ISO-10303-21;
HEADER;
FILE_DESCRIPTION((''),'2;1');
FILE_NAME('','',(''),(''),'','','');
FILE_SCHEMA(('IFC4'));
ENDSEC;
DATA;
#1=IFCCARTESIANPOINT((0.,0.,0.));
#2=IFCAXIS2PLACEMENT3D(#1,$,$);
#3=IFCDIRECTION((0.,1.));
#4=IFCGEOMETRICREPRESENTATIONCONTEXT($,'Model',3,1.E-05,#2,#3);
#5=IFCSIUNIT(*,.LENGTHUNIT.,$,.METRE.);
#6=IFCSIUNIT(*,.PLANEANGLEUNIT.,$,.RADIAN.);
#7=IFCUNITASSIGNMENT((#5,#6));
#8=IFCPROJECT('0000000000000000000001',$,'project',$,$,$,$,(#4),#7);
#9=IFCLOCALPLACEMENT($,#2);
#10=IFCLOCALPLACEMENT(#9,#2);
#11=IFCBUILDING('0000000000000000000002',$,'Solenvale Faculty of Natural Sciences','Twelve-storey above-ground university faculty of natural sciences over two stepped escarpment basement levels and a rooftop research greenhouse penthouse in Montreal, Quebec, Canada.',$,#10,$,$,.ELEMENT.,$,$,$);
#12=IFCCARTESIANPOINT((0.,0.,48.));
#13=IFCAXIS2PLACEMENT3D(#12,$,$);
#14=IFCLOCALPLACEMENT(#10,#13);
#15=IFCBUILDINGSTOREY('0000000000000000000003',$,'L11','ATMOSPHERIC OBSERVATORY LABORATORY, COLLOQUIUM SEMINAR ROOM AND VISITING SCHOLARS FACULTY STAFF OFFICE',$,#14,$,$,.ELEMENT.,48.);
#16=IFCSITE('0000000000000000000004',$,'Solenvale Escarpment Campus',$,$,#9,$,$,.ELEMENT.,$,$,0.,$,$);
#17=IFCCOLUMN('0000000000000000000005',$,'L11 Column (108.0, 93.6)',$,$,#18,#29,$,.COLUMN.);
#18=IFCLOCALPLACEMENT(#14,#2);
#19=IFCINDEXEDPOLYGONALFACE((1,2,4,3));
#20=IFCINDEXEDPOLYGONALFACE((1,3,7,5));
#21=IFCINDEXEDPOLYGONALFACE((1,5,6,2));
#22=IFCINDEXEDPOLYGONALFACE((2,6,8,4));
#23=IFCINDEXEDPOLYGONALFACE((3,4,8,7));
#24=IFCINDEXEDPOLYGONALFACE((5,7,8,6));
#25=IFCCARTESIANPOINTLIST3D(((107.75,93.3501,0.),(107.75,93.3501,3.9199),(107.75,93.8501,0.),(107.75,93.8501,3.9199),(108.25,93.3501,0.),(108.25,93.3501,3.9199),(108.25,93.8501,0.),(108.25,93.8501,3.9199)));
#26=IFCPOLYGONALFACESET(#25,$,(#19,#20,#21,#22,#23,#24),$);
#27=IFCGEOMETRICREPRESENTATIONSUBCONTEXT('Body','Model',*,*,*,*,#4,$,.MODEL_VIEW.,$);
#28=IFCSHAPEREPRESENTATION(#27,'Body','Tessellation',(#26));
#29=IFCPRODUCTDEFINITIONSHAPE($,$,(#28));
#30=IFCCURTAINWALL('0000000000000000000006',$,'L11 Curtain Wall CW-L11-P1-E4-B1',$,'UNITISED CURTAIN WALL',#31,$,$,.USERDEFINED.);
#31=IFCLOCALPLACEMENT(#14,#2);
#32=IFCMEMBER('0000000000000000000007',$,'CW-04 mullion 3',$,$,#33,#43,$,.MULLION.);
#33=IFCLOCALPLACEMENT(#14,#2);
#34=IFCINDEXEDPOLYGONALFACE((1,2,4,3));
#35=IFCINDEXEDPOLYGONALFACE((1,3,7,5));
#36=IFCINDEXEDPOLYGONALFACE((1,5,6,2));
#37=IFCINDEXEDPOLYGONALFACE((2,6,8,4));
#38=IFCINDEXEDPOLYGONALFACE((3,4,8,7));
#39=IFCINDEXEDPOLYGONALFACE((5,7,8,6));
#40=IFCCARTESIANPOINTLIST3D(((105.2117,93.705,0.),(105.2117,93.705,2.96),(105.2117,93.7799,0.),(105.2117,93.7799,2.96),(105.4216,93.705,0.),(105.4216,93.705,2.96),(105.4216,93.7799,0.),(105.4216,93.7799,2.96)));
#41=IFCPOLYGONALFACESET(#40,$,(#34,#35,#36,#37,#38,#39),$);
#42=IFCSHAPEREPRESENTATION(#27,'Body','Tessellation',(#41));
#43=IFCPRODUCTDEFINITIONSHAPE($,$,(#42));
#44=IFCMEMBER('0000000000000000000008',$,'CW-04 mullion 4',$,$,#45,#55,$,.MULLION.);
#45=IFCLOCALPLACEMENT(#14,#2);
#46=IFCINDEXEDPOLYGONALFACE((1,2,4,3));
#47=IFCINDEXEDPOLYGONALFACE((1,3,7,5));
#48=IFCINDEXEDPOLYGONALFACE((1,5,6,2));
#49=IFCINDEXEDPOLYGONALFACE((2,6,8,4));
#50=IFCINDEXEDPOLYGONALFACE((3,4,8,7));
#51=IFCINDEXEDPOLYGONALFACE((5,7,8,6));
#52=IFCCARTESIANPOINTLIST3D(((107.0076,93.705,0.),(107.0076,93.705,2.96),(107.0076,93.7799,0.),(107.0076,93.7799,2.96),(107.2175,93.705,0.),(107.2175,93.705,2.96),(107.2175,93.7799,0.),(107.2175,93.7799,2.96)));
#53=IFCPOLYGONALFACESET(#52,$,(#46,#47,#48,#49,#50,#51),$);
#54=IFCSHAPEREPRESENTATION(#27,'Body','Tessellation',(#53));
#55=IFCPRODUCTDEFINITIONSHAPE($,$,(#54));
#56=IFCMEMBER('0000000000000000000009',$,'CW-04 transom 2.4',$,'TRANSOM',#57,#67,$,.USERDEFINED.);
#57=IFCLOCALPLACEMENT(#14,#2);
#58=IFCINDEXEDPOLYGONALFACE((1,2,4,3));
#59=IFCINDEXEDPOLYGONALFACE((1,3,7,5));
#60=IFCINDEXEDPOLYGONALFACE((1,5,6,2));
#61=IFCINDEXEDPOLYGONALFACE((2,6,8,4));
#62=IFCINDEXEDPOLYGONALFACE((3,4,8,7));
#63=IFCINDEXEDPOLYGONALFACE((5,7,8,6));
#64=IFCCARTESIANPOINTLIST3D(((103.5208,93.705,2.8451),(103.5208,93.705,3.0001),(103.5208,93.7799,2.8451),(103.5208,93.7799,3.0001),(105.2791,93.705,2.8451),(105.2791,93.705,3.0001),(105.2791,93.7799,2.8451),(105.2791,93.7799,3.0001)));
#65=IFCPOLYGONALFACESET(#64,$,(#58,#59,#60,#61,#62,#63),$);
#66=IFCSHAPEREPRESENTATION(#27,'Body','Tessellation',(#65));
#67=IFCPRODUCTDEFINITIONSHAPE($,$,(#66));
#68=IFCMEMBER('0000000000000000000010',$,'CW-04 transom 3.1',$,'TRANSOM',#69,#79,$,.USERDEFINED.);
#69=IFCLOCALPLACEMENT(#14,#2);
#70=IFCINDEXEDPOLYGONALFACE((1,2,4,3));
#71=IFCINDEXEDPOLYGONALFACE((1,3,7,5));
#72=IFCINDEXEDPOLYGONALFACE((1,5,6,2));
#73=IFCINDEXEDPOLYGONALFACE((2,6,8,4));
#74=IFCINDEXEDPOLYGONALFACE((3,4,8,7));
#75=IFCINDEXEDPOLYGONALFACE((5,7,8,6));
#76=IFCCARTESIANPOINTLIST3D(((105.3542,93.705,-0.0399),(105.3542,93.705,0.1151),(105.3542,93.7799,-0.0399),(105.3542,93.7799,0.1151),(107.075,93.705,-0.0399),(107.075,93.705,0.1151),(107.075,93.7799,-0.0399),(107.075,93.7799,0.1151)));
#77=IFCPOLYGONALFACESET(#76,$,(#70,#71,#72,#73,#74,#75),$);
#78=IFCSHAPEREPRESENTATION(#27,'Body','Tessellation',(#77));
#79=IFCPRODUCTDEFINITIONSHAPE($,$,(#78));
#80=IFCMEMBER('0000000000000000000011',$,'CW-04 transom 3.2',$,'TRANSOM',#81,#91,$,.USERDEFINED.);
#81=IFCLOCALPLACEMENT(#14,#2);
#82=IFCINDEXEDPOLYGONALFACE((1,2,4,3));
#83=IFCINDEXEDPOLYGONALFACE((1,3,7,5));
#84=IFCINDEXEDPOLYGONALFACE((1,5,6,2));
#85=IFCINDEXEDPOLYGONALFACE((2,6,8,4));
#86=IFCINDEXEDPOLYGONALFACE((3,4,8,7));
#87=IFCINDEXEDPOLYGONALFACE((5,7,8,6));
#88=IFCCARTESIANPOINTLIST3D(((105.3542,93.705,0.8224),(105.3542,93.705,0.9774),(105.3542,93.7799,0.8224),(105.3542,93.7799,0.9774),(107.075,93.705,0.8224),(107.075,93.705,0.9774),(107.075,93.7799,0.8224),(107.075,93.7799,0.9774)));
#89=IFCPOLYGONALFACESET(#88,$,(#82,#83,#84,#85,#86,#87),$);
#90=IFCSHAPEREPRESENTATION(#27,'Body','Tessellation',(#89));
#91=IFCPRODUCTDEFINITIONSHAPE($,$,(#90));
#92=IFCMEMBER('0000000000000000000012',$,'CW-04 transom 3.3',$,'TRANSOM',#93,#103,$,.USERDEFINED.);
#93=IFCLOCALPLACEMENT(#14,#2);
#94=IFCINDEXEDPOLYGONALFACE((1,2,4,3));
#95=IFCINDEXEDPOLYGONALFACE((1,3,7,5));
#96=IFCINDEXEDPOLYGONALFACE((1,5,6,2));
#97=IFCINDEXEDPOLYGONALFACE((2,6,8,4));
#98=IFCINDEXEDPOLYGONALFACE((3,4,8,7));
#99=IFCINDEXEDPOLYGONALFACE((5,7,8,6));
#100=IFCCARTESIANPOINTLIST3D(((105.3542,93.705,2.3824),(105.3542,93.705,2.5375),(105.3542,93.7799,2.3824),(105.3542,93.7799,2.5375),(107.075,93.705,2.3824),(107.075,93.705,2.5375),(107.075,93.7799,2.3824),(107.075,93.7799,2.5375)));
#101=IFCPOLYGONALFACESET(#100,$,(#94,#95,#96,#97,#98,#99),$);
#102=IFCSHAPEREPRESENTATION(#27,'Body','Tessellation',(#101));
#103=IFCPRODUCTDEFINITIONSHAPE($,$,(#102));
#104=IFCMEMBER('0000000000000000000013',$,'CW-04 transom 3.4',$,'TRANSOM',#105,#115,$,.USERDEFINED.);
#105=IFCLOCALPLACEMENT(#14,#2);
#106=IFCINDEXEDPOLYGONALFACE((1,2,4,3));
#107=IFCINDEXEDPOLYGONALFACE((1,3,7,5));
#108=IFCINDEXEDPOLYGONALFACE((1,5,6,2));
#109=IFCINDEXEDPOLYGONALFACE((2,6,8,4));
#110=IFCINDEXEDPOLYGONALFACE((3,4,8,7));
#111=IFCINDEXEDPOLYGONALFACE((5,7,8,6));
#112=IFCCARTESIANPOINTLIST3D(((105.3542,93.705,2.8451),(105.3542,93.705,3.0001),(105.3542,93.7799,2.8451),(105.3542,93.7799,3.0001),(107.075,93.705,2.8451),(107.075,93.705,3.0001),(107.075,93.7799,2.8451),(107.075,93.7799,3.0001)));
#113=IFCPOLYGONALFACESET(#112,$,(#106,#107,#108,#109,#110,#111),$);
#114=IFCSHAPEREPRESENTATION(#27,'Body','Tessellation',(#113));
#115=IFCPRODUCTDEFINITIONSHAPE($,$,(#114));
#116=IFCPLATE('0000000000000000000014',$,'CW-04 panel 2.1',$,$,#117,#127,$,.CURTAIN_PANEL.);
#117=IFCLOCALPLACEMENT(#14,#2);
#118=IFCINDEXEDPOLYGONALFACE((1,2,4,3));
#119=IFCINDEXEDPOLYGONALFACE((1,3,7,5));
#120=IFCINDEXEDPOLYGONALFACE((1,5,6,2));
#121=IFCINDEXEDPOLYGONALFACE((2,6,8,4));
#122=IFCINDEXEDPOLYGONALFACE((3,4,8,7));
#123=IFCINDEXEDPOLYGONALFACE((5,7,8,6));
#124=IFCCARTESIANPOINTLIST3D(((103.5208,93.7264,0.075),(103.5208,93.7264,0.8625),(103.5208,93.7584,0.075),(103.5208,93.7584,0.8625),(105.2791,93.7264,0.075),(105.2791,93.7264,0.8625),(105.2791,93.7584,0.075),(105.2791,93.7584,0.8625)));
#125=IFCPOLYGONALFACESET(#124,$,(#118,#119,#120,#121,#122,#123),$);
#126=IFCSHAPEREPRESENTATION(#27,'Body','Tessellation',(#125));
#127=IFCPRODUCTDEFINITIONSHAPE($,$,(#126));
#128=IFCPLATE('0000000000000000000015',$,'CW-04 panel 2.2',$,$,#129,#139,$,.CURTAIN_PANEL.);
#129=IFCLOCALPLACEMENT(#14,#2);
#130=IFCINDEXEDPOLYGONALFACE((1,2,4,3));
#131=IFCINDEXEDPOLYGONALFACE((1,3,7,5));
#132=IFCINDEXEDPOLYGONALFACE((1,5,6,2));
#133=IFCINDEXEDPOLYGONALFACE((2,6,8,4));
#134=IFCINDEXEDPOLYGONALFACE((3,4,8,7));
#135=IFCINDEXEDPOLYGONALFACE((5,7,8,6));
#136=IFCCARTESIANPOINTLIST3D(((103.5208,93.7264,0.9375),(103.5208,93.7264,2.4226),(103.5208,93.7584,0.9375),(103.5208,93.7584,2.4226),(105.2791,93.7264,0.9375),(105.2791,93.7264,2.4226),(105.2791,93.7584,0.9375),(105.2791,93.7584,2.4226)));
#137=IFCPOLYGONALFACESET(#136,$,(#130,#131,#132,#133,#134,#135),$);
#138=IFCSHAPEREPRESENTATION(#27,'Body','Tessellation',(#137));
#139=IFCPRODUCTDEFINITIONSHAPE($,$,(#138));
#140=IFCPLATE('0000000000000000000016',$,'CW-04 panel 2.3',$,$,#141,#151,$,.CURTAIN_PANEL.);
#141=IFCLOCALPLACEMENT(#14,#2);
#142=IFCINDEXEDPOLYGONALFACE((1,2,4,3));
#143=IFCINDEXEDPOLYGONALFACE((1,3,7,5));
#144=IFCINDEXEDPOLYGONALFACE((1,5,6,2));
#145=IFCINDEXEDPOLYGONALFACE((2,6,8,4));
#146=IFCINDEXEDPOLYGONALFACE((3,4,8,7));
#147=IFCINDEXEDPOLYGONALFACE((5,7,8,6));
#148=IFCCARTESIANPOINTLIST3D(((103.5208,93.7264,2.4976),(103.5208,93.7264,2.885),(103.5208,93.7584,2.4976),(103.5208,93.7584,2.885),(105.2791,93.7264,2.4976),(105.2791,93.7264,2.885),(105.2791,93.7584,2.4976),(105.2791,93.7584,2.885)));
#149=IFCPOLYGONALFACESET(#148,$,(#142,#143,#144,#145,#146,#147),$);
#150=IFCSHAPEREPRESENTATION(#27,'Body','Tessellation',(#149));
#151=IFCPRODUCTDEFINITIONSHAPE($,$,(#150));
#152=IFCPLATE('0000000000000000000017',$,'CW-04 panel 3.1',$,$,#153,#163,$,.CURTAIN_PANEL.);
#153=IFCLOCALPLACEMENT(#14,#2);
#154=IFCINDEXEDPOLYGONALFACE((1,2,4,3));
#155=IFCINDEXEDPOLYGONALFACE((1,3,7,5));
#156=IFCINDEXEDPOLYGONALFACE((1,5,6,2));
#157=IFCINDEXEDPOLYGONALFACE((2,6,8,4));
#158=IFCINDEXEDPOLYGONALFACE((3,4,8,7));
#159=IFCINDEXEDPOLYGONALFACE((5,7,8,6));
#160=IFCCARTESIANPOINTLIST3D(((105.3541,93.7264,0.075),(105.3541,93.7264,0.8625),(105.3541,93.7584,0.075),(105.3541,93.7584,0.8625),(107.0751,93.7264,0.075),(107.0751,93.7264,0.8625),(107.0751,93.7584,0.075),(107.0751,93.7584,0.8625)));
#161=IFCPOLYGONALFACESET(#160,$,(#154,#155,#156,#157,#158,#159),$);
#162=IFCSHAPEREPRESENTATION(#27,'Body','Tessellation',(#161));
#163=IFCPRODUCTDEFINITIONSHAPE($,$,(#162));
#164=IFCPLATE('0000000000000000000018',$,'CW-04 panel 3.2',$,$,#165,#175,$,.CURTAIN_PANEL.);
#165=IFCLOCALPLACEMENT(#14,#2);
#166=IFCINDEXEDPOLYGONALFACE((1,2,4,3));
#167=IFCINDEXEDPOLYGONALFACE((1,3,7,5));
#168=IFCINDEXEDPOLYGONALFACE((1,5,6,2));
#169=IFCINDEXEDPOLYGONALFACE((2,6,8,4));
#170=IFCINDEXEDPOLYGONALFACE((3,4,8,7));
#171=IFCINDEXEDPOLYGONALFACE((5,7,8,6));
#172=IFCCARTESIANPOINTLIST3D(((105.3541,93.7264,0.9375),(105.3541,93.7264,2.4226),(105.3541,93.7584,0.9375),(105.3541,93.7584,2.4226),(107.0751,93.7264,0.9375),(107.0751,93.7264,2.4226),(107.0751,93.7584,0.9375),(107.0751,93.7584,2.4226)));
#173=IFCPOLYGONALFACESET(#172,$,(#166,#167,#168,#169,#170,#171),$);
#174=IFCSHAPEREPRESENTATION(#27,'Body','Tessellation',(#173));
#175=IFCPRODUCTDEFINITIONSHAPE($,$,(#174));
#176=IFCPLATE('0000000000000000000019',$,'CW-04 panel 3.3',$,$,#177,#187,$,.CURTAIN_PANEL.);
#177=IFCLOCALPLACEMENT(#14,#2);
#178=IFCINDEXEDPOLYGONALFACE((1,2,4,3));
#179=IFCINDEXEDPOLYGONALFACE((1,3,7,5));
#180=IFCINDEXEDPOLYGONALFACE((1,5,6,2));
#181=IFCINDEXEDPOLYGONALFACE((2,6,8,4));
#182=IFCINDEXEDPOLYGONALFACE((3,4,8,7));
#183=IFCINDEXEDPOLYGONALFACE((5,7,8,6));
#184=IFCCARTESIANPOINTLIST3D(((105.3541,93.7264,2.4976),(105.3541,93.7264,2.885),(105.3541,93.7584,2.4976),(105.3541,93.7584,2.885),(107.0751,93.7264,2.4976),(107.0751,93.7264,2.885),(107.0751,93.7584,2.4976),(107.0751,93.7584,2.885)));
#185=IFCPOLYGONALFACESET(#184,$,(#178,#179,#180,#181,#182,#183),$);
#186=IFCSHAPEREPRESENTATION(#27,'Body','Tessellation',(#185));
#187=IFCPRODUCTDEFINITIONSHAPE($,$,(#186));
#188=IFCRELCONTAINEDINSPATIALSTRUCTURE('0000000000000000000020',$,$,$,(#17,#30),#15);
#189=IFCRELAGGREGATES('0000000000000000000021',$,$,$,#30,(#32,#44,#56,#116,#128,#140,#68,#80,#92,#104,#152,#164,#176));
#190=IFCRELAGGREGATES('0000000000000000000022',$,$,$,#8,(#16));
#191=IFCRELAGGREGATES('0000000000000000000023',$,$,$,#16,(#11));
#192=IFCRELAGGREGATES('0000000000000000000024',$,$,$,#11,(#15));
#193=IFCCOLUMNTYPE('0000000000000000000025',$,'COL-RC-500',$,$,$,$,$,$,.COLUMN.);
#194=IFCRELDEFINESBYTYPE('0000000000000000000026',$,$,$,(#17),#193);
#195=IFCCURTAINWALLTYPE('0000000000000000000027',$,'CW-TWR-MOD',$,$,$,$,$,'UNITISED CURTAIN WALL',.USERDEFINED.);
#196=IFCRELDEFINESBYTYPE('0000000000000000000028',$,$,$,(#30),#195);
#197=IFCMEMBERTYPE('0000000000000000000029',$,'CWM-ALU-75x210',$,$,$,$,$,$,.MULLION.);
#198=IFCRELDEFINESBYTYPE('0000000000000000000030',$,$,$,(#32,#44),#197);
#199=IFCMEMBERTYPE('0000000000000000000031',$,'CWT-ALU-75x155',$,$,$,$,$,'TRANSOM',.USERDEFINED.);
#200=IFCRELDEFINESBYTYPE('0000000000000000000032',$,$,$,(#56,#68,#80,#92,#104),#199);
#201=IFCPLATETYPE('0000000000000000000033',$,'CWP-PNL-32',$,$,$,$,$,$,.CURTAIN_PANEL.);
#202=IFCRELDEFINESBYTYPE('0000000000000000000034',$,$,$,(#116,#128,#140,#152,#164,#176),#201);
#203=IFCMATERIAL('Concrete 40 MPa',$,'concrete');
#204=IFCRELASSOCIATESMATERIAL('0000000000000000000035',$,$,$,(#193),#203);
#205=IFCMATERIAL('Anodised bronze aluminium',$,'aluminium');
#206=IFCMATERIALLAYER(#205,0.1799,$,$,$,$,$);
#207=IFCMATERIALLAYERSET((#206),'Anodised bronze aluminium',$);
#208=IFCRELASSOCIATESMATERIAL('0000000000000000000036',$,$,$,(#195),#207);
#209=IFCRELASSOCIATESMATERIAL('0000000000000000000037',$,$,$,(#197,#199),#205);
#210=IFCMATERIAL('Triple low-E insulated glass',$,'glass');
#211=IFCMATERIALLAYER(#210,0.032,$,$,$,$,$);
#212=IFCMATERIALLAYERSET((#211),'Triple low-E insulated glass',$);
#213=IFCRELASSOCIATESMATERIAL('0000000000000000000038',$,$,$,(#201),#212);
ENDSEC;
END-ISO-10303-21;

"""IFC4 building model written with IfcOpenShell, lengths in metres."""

from ifc_helpers import new_model, si_unit, direction, frame, origin, origin_2d, place, context, subcontext, project, spatial, rectangle, extrude, material, layer, layer_set, material_profile, profile_set, type_object, element, aggregate, save


model = new_model("IFC4")

# Units and contexts
model_context = context("Model", 3, precision=1e-05, world=origin(), true_north=direction((0.0, 1.0)))
body_context = subcontext(model_context, "Body", "Model", "MODEL_VIEW")
ifc_project = project(units=[si_unit("LENGTHUNIT", "METRE"), si_unit("PLANEANGLEUNIT", "RADIAN")], contexts=[model_context])

# Site, building, storey
site_placement = place(None, origin())
site = spatial("IfcSite", under=ifc_project, at=site_placement, Name="Solenvale Escarpment Campus", CompositionType="ELEMENT", RefElevation=0.0)
building_placement = place(site_placement, origin())
building = spatial("IfcBuilding", under=site, at=building_placement, Name="Solenvale Faculty of Natural Sciences", Description="Twelve-storey above-ground university faculty of natural sciences over two stepped escarpment basement levels and a rooftop research greenhouse penthouse in Montreal, Quebec, Canada.", CompositionType="ELEMENT")
storey_placement = place(building_placement, frame((0.0, 0.0, 48.0)))
storey = spatial("IfcBuildingStorey", under=building, at=storey_placement, Name="L11", Description="ATMOSPHERIC OBSERVATORY LABORATORY, COLLOQUIUM SEMINAR ROOM AND VISITING SCHOLARS FACULTY STAFF OFFICE", CompositionType="ELEMENT", Elevation=48.0)

# Column
ifc_material_1 = material(Name="Concrete 40 MPa", Category="concrete")
ifc_material_profile_1 = material_profile(ifc_material_1, rectangle(XDim=0.5, YDim=0.5, at=origin_2d()), Name="RC-COL-500x500")
ifc_profile_set_1 = profile_set([ifc_material_profile_1], Name="Concrete 40 MPa")
column_type = type_object("IfcColumnType", Name="COL-RC-500", PredefinedType="COLUMN", material=ifc_profile_set_1)
column_placement = place(storey_placement, frame((108.0, 93.6001, 0.0), z_axis=(0.0, 0.0, 1.0), x_axis=(1.0, 0.0, 0.0)))
element("IfcColumn", 1, at=column_placement, inside=storey, type_object=column_type, Name="L11 Column (108.0, 93.6)", PredefinedType="COLUMN", context=body_context, shape_type="SweptSolid", body=[
    extrude(rectangle(XDim=0.5, YDim=0.5, at=origin_2d()), origin(), (0.0, 0.0, 1.0), 3.9199),
])

# Curtain wall, members, plates
ifc_material_2 = material(Name="Anodised bronze aluminium", Category="aluminium")
ifc_layer_1 = layer(ifc_material_2, 0.1799)
ifc_layer_set_1 = layer_set([ifc_layer_1], Name="Anodised bronze aluminium")
curtain_wall_type = type_object("IfcCurtainWallType", Name="CW-TWR-MOD", ElementType="UNITISED CURTAIN WALL", PredefinedType="USERDEFINED", material=ifc_layer_set_1)
curtain_wall_placement = place(storey_placement, origin())
curtain_wall = element("IfcCurtainWall", 2, at=curtain_wall_placement, inside=storey, type_object=curtain_wall_type, Name="L11 Curtain Wall CW-L11-P1-E4-B1", ObjectType="UNITISED CURTAIN WALL", PredefinedType="USERDEFINED")
ifc_material_profile_2 = material_profile(ifc_material_2, rectangle(XDim=0.075, YDim=0.21, at=origin_2d()), Name="ALU-MUL-75x210")
ifc_profile_set_2 = profile_set([ifc_material_profile_2], Name="Anodised bronze aluminium")
member_type_1 = type_object("IfcMemberType", Name="CWM-ALU-75x210", PredefinedType="MULLION", material=ifc_profile_set_2)
member_1_placement = place(storey_placement, frame((105.3167, 93.7424, 0.0), z_axis=(0.0, 0.0, 1.0), x_axis=(0.0, 1.0, 0.0)))
member_1 = element("IfcMember", 3, at=member_1_placement, type_object=member_type_1, Name="CW-04 mullion 3", PredefinedType="MULLION", context=body_context, shape_type="SweptSolid", body=[
    extrude(rectangle(XDim=0.075, YDim=0.21, at=origin_2d()), origin(), (0.0, 0.0, 1.0), 2.96),
])
member_2_placement = place(storey_placement, frame((107.1125, 93.7424, 0.0), z_axis=(0.0, 0.0, 1.0), x_axis=(0.0, 1.0, 0.0)))
member_2 = element("IfcMember", 4, at=member_2_placement, type_object=member_type_1, Name="CW-04 mullion 4", PredefinedType="MULLION", context=body_context, shape_type="SweptSolid", body=[
    extrude(rectangle(XDim=0.075, YDim=0.21, at=origin_2d()), origin(), (0.0, 0.0, 1.0), 2.96),
])
ifc_material_profile_3 = material_profile(ifc_material_2, rectangle(XDim=0.075, YDim=0.155, at=origin_2d()), Name="ALU-TRN-75x155")
ifc_profile_set_3 = profile_set([ifc_material_profile_3], Name="Anodised bronze aluminium")
member_type_2 = type_object("IfcMemberType", Name="CWT-ALU-75x155", ElementType="TRANSOM", PredefinedType="USERDEFINED", material=ifc_profile_set_3)
member_3_placement = place(storey_placement, frame((103.5208, 93.7424, 2.9226), z_axis=(1.0, 0.0, 0.0), x_axis=(0.0, 1.0, 0.0)))
member_3 = element("IfcMember", 5, at=member_3_placement, type_object=member_type_2, Name="CW-04 transom 2.4", ObjectType="TRANSOM", PredefinedType="USERDEFINED", context=body_context, shape_type="SweptSolid", body=[
    extrude(rectangle(XDim=0.075, YDim=0.155, at=origin_2d()), origin(), (0.0, 0.0, 1.0), 1.7583),
])
member_4_placement = place(storey_placement, frame((105.3542, 93.7424, 0.0376), z_axis=(1.0, 0.0, 0.0), x_axis=(0.0, 1.0, 0.0)))
member_4 = element("IfcMember", 6, at=member_4_placement, type_object=member_type_2, Name="CW-04 transom 3.1", ObjectType="TRANSOM", PredefinedType="USERDEFINED", context=body_context, shape_type="SweptSolid", body=[
    extrude(rectangle(XDim=0.075, YDim=0.155, at=origin_2d()), origin(), (0.0, 0.0, 1.0), 1.7207),
])
member_5_placement = place(storey_placement, frame((105.3542, 93.7424, 0.8999), z_axis=(1.0, 0.0, 0.0), x_axis=(0.0, 1.0, 0.0)))
member_5 = element("IfcMember", 7, at=member_5_placement, type_object=member_type_2, Name="CW-04 transom 3.2", ObjectType="TRANSOM", PredefinedType="USERDEFINED", context=body_context, shape_type="SweptSolid", body=[
    extrude(rectangle(XDim=0.075, YDim=0.155, at=origin_2d()), origin(), (0.0, 0.0, 1.0), 1.7207),
])
member_6_placement = place(storey_placement, frame((105.3542, 93.7424, 2.46), z_axis=(1.0, 0.0, 0.0), x_axis=(0.0, 1.0, 0.0)))
member_6 = element("IfcMember", 8, at=member_6_placement, type_object=member_type_2, Name="CW-04 transom 3.3", ObjectType="TRANSOM", PredefinedType="USERDEFINED", context=body_context, shape_type="SweptSolid", body=[
    extrude(rectangle(XDim=0.075, YDim=0.155, at=origin_2d()), origin(), (0.0, 0.0, 1.0), 1.7207),
])
member_7_placement = place(storey_placement, frame((105.3542, 93.7424, 2.9226), z_axis=(1.0, 0.0, 0.0), x_axis=(0.0, 1.0, 0.0)))
member_7 = element("IfcMember", 9, at=member_7_placement, type_object=member_type_2, Name="CW-04 transom 3.4", ObjectType="TRANSOM", PredefinedType="USERDEFINED", context=body_context, shape_type="SweptSolid", body=[
    extrude(rectangle(XDim=0.075, YDim=0.155, at=origin_2d()), origin(), (0.0, 0.0, 1.0), 1.7207),
])
ifc_material_3 = material(Name="Triple low-E insulated glass", Category="glass")
ifc_layer_2 = layer(ifc_material_3, 0.032)
ifc_layer_set_2 = layer_set([ifc_layer_2], Name="Triple low-E insulated glass")
plate_type = type_object("IfcPlateType", Name="CWP-PNL-32", PredefinedType="CURTAIN_PANEL", material=ifc_layer_set_2)
plate_1_placement = place(storey_placement, frame((104.3999, 93.7424, 0.075), z_axis=(0.0, 0.0, 1.0), x_axis=(1.0, 0.0, 0.0)))
plate_1 = element("IfcPlate", 10, at=plate_1_placement, type_object=plate_type, Name="CW-04 panel 2.1", PredefinedType="CURTAIN_PANEL", context=body_context, shape_type="SweptSolid", body=[
    extrude(rectangle(XDim=1.7583, YDim=0.032, at=origin_2d()), origin(), (0.0, 0.0, 1.0), 0.7876),
])
plate_2_placement = place(storey_placement, frame((104.3999, 93.7424, 0.9375), z_axis=(0.0, 0.0, 1.0), x_axis=(1.0, 0.0, 0.0)))
plate_2 = element("IfcPlate", 11, at=plate_2_placement, type_object=plate_type, Name="CW-04 panel 2.2", PredefinedType="CURTAIN_PANEL", context=body_context, shape_type="SweptSolid", body=[
    extrude(rectangle(XDim=1.7583, YDim=0.032, at=origin_2d()), origin(), (0.0, 0.0, 1.0), 1.4851),
])
plate_3_placement = place(storey_placement, frame((104.3999, 93.7424, 2.4976), z_axis=(0.0, 0.0, 1.0), x_axis=(1.0, 0.0, 0.0)))
plate_3 = element("IfcPlate", 12, at=plate_3_placement, type_object=plate_type, Name="CW-04 panel 2.3", PredefinedType="CURTAIN_PANEL", context=body_context, shape_type="SweptSolid", body=[
    extrude(rectangle(XDim=1.7583, YDim=0.032, at=origin_2d()), origin(), (0.0, 0.0, 1.0), 0.3875),
])
plate_4_placement = place(storey_placement, frame((106.2146, 93.7424, 0.075), z_axis=(0.0, 0.0, 1.0), x_axis=(1.0, 0.0, 0.0)))
plate_4 = element("IfcPlate", 13, at=plate_4_placement, type_object=plate_type, Name="CW-04 panel 3.1", PredefinedType="CURTAIN_PANEL", context=body_context, shape_type="SweptSolid", body=[
    extrude(rectangle(XDim=1.7209, YDim=0.032, at=origin_2d()), origin(), (0.0, 0.0, 1.0), 0.7876),
])
plate_5_placement = place(storey_placement, frame((106.2146, 93.7424, 0.9375), z_axis=(0.0, 0.0, 1.0), x_axis=(1.0, 0.0, 0.0)))
plate_5 = element("IfcPlate", 14, at=plate_5_placement, type_object=plate_type, Name="CW-04 panel 3.2", PredefinedType="CURTAIN_PANEL", context=body_context, shape_type="SweptSolid", body=[
    extrude(rectangle(XDim=1.7209, YDim=0.032, at=origin_2d()), origin(), (0.0, 0.0, 1.0), 1.4851),
])
plate_6_placement = place(storey_placement, frame((106.2146, 93.7424, 2.4976), z_axis=(0.0, 0.0, 1.0), x_axis=(1.0, 0.0, 0.0)))
plate_6 = element("IfcPlate", 15, at=plate_6_placement, type_object=plate_type, Name="CW-04 panel 3.3", PredefinedType="CURTAIN_PANEL", context=body_context, shape_type="SweptSolid", body=[
    extrude(rectangle(XDim=1.7209, YDim=0.032, at=origin_2d()), origin(), (0.0, 0.0, 1.0), 0.3875),
])
aggregate(curtain_wall, [member_1, member_2, member_3, plate_1, plate_2, plate_3, member_4, member_5, member_6, member_7, plate_4, plate_5, plate_6])

save(model, "model.ifc")
